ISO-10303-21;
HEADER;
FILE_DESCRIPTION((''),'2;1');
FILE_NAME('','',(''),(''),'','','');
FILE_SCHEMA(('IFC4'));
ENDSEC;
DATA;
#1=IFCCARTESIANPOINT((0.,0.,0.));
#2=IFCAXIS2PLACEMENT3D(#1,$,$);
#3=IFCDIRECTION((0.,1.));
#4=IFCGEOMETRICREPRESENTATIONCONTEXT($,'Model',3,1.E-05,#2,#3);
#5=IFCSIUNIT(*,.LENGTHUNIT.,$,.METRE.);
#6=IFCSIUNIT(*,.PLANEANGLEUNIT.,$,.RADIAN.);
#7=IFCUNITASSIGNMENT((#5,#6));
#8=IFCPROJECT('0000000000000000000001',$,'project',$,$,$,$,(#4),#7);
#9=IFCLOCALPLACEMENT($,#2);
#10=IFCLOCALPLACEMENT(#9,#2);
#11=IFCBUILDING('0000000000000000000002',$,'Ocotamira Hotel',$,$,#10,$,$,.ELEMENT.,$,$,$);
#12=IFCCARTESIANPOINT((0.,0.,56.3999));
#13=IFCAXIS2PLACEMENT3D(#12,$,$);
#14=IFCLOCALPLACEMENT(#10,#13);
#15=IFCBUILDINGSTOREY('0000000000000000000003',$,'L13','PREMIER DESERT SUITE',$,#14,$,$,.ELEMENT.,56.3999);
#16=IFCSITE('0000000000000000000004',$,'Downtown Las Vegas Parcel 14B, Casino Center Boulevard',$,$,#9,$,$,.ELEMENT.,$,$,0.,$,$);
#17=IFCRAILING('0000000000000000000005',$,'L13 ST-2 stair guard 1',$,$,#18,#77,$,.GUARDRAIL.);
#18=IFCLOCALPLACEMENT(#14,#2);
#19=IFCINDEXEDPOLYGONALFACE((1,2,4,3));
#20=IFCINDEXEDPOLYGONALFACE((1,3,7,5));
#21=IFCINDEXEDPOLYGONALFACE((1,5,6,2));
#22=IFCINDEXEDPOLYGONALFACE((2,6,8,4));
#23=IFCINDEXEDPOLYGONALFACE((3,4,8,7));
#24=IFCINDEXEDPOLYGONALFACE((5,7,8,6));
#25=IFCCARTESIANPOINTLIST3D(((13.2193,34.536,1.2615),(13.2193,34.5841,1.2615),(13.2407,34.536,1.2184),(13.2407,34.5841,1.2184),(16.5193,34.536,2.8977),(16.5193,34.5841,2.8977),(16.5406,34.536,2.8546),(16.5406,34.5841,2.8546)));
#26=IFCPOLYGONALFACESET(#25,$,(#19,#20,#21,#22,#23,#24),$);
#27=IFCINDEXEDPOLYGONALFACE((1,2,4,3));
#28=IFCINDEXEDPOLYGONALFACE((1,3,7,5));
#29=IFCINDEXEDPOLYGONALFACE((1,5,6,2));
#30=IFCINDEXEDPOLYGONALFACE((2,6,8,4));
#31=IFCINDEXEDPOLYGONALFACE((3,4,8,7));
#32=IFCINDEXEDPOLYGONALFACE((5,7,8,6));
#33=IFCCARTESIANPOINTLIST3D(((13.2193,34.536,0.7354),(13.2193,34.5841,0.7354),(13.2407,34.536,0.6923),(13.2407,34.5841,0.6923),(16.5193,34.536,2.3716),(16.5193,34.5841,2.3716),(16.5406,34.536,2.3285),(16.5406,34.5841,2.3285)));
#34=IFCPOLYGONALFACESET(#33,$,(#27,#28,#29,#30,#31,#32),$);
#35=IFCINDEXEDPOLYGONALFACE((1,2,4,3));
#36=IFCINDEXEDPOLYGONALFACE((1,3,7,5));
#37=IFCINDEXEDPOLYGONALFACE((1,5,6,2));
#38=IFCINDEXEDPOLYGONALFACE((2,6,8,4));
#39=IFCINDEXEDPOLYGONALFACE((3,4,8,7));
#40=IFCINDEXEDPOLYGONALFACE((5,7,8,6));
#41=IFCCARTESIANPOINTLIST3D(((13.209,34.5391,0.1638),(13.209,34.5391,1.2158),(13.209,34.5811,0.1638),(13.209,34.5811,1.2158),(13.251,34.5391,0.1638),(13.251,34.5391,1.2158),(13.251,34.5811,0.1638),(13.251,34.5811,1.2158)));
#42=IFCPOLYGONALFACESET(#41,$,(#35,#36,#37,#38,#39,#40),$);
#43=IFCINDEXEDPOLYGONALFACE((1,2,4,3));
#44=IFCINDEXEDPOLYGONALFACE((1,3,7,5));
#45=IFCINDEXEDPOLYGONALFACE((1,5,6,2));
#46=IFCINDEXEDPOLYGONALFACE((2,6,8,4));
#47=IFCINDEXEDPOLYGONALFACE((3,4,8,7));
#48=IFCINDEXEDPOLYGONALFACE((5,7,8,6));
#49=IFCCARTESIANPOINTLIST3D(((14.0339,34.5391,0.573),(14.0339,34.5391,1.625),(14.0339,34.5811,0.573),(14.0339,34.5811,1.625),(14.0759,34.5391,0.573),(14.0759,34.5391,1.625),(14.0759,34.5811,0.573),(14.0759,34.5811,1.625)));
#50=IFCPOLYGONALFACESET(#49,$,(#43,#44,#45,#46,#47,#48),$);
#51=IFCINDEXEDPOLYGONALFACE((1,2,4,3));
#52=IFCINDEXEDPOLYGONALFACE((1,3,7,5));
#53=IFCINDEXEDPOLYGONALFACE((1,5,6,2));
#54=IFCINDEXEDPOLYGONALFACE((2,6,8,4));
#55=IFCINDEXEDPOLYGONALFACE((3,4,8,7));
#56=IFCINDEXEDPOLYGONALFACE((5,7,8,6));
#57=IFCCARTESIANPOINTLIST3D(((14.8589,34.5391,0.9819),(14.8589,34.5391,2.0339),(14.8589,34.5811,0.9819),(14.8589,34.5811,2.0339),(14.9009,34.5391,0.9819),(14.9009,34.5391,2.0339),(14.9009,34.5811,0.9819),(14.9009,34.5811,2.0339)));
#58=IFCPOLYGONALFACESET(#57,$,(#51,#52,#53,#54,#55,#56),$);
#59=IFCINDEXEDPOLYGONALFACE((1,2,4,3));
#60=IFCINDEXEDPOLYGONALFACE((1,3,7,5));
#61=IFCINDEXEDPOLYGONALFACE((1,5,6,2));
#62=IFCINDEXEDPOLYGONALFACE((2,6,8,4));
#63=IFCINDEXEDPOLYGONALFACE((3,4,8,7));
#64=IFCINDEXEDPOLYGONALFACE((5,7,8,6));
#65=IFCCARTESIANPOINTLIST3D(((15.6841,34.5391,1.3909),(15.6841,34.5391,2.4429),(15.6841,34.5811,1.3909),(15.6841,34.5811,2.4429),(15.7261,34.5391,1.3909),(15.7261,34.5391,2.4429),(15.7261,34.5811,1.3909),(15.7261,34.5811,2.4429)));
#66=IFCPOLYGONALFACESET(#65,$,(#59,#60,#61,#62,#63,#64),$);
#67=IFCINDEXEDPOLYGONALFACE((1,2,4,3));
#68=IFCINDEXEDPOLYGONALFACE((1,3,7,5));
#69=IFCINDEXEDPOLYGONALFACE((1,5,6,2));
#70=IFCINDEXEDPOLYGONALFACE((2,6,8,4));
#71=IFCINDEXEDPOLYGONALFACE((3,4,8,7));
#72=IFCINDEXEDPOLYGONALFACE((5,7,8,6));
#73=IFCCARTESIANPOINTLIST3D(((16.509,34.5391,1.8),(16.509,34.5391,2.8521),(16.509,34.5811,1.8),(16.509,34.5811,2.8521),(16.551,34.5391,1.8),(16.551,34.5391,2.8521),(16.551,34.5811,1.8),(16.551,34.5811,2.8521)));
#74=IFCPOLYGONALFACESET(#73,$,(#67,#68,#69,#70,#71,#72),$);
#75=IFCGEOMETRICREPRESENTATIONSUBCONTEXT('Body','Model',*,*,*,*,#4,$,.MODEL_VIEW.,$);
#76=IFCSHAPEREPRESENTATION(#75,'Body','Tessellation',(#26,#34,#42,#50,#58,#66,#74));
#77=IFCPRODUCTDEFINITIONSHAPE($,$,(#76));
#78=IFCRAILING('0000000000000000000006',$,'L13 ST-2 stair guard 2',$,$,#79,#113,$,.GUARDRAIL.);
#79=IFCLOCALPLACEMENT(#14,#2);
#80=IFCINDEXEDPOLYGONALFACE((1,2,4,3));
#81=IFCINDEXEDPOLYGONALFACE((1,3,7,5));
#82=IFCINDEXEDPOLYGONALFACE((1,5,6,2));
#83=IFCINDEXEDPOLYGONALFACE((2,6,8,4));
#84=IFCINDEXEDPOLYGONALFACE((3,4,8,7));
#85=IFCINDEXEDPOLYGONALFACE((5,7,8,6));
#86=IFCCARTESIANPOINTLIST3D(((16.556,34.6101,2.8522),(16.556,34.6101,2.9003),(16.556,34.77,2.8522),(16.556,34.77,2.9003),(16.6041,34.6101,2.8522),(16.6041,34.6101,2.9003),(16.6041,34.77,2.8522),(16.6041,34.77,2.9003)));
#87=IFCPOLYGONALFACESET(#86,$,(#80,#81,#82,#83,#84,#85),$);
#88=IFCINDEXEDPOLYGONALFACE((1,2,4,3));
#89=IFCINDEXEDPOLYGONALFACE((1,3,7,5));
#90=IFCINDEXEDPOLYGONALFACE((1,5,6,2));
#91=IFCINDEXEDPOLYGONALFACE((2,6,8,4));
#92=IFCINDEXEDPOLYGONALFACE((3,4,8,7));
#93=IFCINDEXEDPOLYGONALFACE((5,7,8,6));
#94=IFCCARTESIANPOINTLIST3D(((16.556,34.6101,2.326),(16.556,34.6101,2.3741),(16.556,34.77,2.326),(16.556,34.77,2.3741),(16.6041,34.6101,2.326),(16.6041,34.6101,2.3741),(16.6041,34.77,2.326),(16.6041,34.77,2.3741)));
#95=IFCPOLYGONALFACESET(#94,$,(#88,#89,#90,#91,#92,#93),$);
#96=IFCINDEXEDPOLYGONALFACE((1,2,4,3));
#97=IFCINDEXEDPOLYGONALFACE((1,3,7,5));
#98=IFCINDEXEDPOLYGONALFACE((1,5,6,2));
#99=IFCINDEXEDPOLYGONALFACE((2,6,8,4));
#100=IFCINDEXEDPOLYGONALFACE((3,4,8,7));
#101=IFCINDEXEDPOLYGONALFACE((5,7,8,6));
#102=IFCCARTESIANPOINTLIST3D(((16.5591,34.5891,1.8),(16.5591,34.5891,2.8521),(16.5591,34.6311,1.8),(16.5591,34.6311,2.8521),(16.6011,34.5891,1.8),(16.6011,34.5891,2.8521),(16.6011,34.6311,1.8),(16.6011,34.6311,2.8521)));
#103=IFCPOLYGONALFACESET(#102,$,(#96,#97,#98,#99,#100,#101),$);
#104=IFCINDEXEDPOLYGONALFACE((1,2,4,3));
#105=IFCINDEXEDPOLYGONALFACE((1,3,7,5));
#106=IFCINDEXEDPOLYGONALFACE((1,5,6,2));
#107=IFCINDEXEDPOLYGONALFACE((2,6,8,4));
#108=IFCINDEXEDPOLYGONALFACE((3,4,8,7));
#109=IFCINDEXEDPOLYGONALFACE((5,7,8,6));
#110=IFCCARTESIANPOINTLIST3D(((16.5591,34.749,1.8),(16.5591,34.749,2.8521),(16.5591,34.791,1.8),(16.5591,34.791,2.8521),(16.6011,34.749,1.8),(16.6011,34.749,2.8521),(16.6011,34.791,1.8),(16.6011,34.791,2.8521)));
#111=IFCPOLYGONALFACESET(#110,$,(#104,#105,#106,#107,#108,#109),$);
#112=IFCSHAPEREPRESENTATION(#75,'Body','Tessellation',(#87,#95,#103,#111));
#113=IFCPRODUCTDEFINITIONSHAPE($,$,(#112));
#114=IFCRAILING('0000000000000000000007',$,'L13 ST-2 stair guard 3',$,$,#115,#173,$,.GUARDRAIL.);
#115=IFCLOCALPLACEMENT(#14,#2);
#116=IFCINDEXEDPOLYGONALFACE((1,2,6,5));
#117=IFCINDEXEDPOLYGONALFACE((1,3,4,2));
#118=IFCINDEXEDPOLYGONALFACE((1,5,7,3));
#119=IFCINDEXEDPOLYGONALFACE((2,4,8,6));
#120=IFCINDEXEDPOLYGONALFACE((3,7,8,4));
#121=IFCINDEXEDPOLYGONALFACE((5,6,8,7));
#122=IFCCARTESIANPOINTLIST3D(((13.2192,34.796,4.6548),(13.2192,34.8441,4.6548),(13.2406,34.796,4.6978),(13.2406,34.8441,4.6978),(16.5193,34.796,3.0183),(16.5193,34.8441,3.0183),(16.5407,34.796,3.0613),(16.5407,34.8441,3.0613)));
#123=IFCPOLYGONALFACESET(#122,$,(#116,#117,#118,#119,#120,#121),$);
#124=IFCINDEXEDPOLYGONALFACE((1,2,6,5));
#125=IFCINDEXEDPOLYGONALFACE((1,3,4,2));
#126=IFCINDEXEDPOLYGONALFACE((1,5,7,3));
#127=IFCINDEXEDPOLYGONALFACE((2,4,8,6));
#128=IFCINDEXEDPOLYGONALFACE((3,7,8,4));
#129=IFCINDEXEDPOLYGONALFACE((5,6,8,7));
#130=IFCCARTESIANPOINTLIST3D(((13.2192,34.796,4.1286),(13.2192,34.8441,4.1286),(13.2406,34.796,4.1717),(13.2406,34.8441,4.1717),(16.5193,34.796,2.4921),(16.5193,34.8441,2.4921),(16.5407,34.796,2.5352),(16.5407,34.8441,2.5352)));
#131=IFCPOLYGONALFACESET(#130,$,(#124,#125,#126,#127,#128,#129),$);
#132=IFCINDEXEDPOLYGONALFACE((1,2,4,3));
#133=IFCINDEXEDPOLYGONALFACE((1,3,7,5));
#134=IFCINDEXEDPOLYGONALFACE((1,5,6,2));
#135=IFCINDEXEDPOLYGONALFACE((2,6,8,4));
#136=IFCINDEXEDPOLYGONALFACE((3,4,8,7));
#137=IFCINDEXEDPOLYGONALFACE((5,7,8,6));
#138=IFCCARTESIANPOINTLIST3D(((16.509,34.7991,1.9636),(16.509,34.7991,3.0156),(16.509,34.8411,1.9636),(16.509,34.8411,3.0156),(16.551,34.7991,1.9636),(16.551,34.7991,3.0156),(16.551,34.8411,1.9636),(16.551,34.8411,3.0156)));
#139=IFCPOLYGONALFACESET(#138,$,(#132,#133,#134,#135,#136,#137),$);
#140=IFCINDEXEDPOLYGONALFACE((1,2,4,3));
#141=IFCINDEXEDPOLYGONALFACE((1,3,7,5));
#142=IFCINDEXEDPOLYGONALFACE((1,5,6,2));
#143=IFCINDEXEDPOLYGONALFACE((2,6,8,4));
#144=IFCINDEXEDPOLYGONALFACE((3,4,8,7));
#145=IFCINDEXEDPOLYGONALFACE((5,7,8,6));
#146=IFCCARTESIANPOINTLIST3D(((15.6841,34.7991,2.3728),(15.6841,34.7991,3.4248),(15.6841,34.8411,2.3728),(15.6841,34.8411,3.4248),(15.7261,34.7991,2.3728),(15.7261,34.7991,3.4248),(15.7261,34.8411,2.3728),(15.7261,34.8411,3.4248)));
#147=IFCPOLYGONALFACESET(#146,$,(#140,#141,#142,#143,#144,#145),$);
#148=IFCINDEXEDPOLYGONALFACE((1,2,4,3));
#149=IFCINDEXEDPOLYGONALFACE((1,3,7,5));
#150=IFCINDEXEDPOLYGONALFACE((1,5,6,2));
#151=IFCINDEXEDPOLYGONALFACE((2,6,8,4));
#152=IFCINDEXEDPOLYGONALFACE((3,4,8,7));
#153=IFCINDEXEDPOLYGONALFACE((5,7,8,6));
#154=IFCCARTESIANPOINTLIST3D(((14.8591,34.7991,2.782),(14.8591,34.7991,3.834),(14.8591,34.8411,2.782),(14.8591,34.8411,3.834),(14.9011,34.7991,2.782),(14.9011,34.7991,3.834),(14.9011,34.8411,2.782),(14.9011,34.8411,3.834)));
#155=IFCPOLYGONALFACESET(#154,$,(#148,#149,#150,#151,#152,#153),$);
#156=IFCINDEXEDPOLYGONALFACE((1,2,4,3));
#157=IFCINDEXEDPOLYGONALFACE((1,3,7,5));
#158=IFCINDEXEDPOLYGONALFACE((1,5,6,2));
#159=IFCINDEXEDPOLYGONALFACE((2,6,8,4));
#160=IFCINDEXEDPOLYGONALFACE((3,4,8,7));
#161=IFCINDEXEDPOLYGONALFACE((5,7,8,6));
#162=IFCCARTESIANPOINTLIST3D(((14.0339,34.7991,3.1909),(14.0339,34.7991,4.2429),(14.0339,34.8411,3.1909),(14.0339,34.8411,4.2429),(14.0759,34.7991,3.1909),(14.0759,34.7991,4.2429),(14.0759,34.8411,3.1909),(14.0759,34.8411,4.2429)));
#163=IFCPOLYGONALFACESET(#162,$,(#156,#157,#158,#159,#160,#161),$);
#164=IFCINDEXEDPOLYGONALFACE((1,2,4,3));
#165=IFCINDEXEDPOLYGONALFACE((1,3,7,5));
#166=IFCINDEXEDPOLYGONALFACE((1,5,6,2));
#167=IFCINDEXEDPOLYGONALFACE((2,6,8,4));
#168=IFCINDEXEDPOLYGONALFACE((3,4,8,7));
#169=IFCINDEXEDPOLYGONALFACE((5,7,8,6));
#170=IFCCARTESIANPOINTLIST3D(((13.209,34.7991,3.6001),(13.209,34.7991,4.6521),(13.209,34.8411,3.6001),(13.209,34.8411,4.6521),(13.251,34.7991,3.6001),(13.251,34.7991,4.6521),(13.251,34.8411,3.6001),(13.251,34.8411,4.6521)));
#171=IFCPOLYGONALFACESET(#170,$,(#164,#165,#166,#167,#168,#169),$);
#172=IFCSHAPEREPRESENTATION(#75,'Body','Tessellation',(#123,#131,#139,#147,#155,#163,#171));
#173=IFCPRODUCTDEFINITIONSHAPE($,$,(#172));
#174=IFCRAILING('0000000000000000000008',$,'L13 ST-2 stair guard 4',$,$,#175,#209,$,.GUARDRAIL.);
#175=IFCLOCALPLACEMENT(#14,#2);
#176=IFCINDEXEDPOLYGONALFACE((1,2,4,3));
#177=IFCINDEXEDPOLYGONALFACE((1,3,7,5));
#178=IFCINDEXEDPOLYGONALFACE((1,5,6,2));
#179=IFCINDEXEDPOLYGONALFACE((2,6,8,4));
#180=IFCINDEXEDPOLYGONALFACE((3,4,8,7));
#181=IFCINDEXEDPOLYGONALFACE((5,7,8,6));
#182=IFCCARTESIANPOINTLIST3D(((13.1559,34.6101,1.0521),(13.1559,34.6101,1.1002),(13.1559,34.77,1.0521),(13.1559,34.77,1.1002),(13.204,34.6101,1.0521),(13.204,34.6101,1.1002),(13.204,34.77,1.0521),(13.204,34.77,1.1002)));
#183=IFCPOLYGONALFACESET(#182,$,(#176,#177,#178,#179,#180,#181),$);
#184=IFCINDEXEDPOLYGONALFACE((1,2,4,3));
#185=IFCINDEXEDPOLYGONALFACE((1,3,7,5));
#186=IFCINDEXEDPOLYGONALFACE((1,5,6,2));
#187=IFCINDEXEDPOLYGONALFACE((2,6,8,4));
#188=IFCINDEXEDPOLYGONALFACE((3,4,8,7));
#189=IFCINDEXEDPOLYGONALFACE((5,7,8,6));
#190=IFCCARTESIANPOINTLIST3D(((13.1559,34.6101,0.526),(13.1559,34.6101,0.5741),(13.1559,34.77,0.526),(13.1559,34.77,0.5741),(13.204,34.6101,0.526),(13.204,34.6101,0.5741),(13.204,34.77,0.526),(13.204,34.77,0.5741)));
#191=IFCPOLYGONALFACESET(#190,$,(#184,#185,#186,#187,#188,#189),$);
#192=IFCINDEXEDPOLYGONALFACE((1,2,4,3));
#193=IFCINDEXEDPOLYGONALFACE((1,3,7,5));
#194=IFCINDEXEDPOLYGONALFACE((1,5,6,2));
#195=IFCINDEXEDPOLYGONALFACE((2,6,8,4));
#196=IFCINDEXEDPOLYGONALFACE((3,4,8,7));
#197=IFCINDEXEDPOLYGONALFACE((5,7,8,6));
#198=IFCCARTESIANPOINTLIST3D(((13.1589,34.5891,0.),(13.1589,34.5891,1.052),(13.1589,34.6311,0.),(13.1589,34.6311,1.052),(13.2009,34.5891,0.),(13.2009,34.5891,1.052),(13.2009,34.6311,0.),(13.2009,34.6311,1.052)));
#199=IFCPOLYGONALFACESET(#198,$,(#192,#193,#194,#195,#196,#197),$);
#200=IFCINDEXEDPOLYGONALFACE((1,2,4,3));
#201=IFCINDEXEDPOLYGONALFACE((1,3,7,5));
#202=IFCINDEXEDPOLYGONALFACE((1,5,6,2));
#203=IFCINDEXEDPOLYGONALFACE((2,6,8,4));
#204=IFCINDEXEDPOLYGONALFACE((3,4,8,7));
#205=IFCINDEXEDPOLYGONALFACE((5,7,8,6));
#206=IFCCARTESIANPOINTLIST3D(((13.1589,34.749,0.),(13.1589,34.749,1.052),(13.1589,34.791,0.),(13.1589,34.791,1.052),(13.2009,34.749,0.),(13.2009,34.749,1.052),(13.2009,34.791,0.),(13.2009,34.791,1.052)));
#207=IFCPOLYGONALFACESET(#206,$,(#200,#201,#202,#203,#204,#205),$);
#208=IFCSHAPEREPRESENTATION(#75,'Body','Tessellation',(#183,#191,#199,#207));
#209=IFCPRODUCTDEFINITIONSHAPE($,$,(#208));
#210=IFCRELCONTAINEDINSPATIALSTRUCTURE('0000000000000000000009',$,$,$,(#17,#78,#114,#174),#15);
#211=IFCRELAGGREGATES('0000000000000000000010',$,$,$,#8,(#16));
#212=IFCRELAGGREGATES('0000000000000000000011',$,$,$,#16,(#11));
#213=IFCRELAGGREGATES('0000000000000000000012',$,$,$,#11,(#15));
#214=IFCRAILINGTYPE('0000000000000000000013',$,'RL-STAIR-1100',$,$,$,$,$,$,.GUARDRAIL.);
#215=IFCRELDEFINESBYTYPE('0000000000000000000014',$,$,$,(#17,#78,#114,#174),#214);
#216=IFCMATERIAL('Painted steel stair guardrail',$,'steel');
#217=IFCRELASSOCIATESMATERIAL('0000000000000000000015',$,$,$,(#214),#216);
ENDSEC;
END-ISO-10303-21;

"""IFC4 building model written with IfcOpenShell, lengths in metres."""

from ifc_helpers import new_model, si_unit, direction, frame, origin, origin_2d, place, context, subcontext, project, spatial, rectangle, extrude, material, type_object, element, save


model = new_model("IFC4")

# Units and contexts
model_context = context("Model", 3, precision=1e-05, world=origin(), true_north=direction((0.0, 1.0)))
body_context = subcontext(model_context, "Body", "Model", "MODEL_VIEW")
ifc_project = project(units=[si_unit("LENGTHUNIT", "METRE"), si_unit("PLANEANGLEUNIT", "RADIAN")], contexts=[model_context])

# Site, building, storey
site_placement = place(None, origin())
site = spatial("IfcSite", under=ifc_project, at=site_placement, Name="Downtown Las Vegas Parcel 14B, Casino Center Boulevard", CompositionType="ELEMENT", RefElevation=0.0)
building_placement = place(site_placement, origin())
building = spatial("IfcBuilding", under=site, at=building_placement, Name="Ocotamira Hotel", CompositionType="ELEMENT")
storey_placement = place(building_placement, frame((0.0, 0.0, 56.3999)))
storey = spatial("IfcBuildingStorey", under=building, at=storey_placement, Name="L13", Description="PREMIER DESERT SUITE", CompositionType="ELEMENT", Elevation=56.3999)

# Railings
ifc_material_1 = material(Name="Painted steel stair guardrail", Category="steel")
railing_type_1 = type_object("IfcRailingType", Name="RL-STAIR-1100", PredefinedType="GUARDRAIL", material=ifc_material_1)
railing_1_placement = place(storey_placement, frame((13.23, 34.5601, 0.1638)))
element("IfcRailing", 1, at=railing_1_placement, inside=storey, type_object=railing_type_1, Name="L13 ST-2 stair guard 1", PredefinedType="GUARDRAIL", context=body_context, shape_type="SweptSolid", body=[
    extrude(rectangle(XDim=0.0481, YDim=0.0481, at=origin_2d()), frame((0.0, 0.0, 1.0762), z_axis=(0.89592, 0.0, 0.444215), x_axis=(0.0, 1.0, 0.0)), (0.0, 0.0, 1.0), 3.6833),
    extrude(rectangle(XDim=0.0481, YDim=0.0481, at=origin_2d()), frame((0.0, 0.0, 0.55), z_axis=(0.89592, 0.0, 0.444215), x_axis=(0.0, 1.0, 0.0)), (0.0, 0.0, 1.0), 3.6833),
    extrude(rectangle(XDim=0.042, YDim=0.042, at=origin_2d()), origin(), (0.0, 0.0, 1.0), 1.052),
    extrude(rectangle(XDim=0.042, YDim=0.042, at=origin_2d()), frame((0.825, 0.0, 0.4092)), (0.0, 0.0, 1.0), 1.052),
    extrude(rectangle(XDim=0.042, YDim=0.042, at=origin_2d()), frame((1.6499, 0.0, 0.8181)), (0.0, 0.0, 1.0), 1.052),
    extrude(rectangle(XDim=0.042, YDim=0.042, at=origin_2d()), frame((2.4751, 0.0, 1.2271)), (0.0, 0.0, 1.0), 1.052),
    extrude(rectangle(XDim=0.042, YDim=0.042, at=origin_2d()), frame((3.3, 0.0, 1.6362)), (0.0, 0.0, 1.0), 1.052),
])
railing_2_placement = place(storey_placement, frame((16.5801, 34.6101, 1.8)))
element("IfcRailing", 2, at=railing_2_placement, inside=storey, type_object=railing_type_1, Name="L13 ST-2 stair guard 2", PredefinedType="GUARDRAIL", context=body_context, shape_type="SweptSolid", body=[
    extrude(rectangle(XDim=0.0481, YDim=0.0481, at=origin_2d()), frame((0.0, 0.0, 1.0762), z_axis=(0.0, 1.0, 0.0), x_axis=(-1.0, 0.0, 0.0)), (0.0, 0.0, 1.0), 0.1599),
    extrude(rectangle(XDim=0.0481, YDim=0.0481, at=origin_2d()), frame((0.0, 0.0, 0.55), z_axis=(0.0, 1.0, 0.0), x_axis=(-1.0, 0.0, 0.0)), (0.0, 0.0, 1.0), 0.1599),
    extrude(rectangle(XDim=0.042, YDim=0.042, at=origin_2d()), origin(), (0.0, 0.0, 1.0), 1.052),
    extrude(rectangle(XDim=0.042, YDim=0.042, at=origin_2d()), frame((0.0, 0.1599, 0.0)), (0.0, 0.0, 1.0), 1.052),
])
railing_3_placement = place(storey_placement, frame((16.53, 34.8201, 1.9636)))
element("IfcRailing", 3, at=railing_3_placement, inside=storey, type_object=railing_type_1, Name="L13 ST-2 stair guard 3", PredefinedType="GUARDRAIL", context=body_context, shape_type="SweptSolid", body=[
    extrude(rectangle(XDim=0.0481, YDim=0.0481, at=origin_2d()), frame((0.0, 0.0, 1.0762), z_axis=(-0.895894, 0.0, 0.444268), x_axis=(0.0, -1.0, 0.0)), (0.0, 0.0, 1.0), 3.6836),
    extrude(rectangle(XDim=0.0481, YDim=0.0481, at=origin_2d()), frame((0.0, 0.0, 0.55), z_axis=(-0.895894, 0.0, 0.444268), x_axis=(0.0, -1.0, 0.0)), (0.0, 0.0, 1.0), 3.6836),
    extrude(rectangle(XDim=0.042, YDim=0.042, at=origin_2d()), origin(), (0.0, 0.0, 1.0), 1.052),
    extrude(rectangle(XDim=0.042, YDim=0.042, at=origin_2d()), frame((-0.825, 0.0, 0.4092)), (0.0, 0.0, 1.0), 1.052),
    extrude(rectangle(XDim=0.042, YDim=0.042, at=origin_2d()), frame((-1.6499, 0.0, 0.8184)), (0.0, 0.0, 1.0), 1.052),
    extrude(rectangle(XDim=0.042, YDim=0.042, at=origin_2d()), frame((-2.4751, 0.0, 1.2273)), (0.0, 0.0, 1.0), 1.052),
    extrude(rectangle(XDim=0.042, YDim=0.042, at=origin_2d()), frame((-3.3, 0.0, 1.6365)), (0.0, 0.0, 1.0), 1.052),
])
railing_4_placement = place(storey_placement, frame((13.1799, 34.6101, 0.0)))
element("IfcRailing", 4, at=railing_4_placement, inside=storey, type_object=railing_type_1, Name="L13 ST-2 stair guard 4", PredefinedType="GUARDRAIL", context=body_context, shape_type="SweptSolid", body=[
    extrude(rectangle(XDim=0.0481, YDim=0.0481, at=origin_2d()), frame((0.0, 0.0, 1.0762), z_axis=(0.0, 1.0, 0.0), x_axis=(-1.0, 0.0, 0.0)), (0.0, 0.0, 1.0), 0.1599),
    extrude(rectangle(XDim=0.0481, YDim=0.0481, at=origin_2d()), frame((0.0, 0.0, 0.55), z_axis=(0.0, 1.0, 0.0), x_axis=(-1.0, 0.0, 0.0)), (0.0, 0.0, 1.0), 0.1599),
    extrude(rectangle(XDim=0.042, YDim=0.042, at=origin_2d()), origin(), (0.0, 0.0, 1.0), 1.052),
    extrude(rectangle(XDim=0.042, YDim=0.042, at=origin_2d()), frame((0.0, 0.1599, 0.0)), (0.0, 0.0, 1.0), 1.052),
])

save(model, "model.ifc")
